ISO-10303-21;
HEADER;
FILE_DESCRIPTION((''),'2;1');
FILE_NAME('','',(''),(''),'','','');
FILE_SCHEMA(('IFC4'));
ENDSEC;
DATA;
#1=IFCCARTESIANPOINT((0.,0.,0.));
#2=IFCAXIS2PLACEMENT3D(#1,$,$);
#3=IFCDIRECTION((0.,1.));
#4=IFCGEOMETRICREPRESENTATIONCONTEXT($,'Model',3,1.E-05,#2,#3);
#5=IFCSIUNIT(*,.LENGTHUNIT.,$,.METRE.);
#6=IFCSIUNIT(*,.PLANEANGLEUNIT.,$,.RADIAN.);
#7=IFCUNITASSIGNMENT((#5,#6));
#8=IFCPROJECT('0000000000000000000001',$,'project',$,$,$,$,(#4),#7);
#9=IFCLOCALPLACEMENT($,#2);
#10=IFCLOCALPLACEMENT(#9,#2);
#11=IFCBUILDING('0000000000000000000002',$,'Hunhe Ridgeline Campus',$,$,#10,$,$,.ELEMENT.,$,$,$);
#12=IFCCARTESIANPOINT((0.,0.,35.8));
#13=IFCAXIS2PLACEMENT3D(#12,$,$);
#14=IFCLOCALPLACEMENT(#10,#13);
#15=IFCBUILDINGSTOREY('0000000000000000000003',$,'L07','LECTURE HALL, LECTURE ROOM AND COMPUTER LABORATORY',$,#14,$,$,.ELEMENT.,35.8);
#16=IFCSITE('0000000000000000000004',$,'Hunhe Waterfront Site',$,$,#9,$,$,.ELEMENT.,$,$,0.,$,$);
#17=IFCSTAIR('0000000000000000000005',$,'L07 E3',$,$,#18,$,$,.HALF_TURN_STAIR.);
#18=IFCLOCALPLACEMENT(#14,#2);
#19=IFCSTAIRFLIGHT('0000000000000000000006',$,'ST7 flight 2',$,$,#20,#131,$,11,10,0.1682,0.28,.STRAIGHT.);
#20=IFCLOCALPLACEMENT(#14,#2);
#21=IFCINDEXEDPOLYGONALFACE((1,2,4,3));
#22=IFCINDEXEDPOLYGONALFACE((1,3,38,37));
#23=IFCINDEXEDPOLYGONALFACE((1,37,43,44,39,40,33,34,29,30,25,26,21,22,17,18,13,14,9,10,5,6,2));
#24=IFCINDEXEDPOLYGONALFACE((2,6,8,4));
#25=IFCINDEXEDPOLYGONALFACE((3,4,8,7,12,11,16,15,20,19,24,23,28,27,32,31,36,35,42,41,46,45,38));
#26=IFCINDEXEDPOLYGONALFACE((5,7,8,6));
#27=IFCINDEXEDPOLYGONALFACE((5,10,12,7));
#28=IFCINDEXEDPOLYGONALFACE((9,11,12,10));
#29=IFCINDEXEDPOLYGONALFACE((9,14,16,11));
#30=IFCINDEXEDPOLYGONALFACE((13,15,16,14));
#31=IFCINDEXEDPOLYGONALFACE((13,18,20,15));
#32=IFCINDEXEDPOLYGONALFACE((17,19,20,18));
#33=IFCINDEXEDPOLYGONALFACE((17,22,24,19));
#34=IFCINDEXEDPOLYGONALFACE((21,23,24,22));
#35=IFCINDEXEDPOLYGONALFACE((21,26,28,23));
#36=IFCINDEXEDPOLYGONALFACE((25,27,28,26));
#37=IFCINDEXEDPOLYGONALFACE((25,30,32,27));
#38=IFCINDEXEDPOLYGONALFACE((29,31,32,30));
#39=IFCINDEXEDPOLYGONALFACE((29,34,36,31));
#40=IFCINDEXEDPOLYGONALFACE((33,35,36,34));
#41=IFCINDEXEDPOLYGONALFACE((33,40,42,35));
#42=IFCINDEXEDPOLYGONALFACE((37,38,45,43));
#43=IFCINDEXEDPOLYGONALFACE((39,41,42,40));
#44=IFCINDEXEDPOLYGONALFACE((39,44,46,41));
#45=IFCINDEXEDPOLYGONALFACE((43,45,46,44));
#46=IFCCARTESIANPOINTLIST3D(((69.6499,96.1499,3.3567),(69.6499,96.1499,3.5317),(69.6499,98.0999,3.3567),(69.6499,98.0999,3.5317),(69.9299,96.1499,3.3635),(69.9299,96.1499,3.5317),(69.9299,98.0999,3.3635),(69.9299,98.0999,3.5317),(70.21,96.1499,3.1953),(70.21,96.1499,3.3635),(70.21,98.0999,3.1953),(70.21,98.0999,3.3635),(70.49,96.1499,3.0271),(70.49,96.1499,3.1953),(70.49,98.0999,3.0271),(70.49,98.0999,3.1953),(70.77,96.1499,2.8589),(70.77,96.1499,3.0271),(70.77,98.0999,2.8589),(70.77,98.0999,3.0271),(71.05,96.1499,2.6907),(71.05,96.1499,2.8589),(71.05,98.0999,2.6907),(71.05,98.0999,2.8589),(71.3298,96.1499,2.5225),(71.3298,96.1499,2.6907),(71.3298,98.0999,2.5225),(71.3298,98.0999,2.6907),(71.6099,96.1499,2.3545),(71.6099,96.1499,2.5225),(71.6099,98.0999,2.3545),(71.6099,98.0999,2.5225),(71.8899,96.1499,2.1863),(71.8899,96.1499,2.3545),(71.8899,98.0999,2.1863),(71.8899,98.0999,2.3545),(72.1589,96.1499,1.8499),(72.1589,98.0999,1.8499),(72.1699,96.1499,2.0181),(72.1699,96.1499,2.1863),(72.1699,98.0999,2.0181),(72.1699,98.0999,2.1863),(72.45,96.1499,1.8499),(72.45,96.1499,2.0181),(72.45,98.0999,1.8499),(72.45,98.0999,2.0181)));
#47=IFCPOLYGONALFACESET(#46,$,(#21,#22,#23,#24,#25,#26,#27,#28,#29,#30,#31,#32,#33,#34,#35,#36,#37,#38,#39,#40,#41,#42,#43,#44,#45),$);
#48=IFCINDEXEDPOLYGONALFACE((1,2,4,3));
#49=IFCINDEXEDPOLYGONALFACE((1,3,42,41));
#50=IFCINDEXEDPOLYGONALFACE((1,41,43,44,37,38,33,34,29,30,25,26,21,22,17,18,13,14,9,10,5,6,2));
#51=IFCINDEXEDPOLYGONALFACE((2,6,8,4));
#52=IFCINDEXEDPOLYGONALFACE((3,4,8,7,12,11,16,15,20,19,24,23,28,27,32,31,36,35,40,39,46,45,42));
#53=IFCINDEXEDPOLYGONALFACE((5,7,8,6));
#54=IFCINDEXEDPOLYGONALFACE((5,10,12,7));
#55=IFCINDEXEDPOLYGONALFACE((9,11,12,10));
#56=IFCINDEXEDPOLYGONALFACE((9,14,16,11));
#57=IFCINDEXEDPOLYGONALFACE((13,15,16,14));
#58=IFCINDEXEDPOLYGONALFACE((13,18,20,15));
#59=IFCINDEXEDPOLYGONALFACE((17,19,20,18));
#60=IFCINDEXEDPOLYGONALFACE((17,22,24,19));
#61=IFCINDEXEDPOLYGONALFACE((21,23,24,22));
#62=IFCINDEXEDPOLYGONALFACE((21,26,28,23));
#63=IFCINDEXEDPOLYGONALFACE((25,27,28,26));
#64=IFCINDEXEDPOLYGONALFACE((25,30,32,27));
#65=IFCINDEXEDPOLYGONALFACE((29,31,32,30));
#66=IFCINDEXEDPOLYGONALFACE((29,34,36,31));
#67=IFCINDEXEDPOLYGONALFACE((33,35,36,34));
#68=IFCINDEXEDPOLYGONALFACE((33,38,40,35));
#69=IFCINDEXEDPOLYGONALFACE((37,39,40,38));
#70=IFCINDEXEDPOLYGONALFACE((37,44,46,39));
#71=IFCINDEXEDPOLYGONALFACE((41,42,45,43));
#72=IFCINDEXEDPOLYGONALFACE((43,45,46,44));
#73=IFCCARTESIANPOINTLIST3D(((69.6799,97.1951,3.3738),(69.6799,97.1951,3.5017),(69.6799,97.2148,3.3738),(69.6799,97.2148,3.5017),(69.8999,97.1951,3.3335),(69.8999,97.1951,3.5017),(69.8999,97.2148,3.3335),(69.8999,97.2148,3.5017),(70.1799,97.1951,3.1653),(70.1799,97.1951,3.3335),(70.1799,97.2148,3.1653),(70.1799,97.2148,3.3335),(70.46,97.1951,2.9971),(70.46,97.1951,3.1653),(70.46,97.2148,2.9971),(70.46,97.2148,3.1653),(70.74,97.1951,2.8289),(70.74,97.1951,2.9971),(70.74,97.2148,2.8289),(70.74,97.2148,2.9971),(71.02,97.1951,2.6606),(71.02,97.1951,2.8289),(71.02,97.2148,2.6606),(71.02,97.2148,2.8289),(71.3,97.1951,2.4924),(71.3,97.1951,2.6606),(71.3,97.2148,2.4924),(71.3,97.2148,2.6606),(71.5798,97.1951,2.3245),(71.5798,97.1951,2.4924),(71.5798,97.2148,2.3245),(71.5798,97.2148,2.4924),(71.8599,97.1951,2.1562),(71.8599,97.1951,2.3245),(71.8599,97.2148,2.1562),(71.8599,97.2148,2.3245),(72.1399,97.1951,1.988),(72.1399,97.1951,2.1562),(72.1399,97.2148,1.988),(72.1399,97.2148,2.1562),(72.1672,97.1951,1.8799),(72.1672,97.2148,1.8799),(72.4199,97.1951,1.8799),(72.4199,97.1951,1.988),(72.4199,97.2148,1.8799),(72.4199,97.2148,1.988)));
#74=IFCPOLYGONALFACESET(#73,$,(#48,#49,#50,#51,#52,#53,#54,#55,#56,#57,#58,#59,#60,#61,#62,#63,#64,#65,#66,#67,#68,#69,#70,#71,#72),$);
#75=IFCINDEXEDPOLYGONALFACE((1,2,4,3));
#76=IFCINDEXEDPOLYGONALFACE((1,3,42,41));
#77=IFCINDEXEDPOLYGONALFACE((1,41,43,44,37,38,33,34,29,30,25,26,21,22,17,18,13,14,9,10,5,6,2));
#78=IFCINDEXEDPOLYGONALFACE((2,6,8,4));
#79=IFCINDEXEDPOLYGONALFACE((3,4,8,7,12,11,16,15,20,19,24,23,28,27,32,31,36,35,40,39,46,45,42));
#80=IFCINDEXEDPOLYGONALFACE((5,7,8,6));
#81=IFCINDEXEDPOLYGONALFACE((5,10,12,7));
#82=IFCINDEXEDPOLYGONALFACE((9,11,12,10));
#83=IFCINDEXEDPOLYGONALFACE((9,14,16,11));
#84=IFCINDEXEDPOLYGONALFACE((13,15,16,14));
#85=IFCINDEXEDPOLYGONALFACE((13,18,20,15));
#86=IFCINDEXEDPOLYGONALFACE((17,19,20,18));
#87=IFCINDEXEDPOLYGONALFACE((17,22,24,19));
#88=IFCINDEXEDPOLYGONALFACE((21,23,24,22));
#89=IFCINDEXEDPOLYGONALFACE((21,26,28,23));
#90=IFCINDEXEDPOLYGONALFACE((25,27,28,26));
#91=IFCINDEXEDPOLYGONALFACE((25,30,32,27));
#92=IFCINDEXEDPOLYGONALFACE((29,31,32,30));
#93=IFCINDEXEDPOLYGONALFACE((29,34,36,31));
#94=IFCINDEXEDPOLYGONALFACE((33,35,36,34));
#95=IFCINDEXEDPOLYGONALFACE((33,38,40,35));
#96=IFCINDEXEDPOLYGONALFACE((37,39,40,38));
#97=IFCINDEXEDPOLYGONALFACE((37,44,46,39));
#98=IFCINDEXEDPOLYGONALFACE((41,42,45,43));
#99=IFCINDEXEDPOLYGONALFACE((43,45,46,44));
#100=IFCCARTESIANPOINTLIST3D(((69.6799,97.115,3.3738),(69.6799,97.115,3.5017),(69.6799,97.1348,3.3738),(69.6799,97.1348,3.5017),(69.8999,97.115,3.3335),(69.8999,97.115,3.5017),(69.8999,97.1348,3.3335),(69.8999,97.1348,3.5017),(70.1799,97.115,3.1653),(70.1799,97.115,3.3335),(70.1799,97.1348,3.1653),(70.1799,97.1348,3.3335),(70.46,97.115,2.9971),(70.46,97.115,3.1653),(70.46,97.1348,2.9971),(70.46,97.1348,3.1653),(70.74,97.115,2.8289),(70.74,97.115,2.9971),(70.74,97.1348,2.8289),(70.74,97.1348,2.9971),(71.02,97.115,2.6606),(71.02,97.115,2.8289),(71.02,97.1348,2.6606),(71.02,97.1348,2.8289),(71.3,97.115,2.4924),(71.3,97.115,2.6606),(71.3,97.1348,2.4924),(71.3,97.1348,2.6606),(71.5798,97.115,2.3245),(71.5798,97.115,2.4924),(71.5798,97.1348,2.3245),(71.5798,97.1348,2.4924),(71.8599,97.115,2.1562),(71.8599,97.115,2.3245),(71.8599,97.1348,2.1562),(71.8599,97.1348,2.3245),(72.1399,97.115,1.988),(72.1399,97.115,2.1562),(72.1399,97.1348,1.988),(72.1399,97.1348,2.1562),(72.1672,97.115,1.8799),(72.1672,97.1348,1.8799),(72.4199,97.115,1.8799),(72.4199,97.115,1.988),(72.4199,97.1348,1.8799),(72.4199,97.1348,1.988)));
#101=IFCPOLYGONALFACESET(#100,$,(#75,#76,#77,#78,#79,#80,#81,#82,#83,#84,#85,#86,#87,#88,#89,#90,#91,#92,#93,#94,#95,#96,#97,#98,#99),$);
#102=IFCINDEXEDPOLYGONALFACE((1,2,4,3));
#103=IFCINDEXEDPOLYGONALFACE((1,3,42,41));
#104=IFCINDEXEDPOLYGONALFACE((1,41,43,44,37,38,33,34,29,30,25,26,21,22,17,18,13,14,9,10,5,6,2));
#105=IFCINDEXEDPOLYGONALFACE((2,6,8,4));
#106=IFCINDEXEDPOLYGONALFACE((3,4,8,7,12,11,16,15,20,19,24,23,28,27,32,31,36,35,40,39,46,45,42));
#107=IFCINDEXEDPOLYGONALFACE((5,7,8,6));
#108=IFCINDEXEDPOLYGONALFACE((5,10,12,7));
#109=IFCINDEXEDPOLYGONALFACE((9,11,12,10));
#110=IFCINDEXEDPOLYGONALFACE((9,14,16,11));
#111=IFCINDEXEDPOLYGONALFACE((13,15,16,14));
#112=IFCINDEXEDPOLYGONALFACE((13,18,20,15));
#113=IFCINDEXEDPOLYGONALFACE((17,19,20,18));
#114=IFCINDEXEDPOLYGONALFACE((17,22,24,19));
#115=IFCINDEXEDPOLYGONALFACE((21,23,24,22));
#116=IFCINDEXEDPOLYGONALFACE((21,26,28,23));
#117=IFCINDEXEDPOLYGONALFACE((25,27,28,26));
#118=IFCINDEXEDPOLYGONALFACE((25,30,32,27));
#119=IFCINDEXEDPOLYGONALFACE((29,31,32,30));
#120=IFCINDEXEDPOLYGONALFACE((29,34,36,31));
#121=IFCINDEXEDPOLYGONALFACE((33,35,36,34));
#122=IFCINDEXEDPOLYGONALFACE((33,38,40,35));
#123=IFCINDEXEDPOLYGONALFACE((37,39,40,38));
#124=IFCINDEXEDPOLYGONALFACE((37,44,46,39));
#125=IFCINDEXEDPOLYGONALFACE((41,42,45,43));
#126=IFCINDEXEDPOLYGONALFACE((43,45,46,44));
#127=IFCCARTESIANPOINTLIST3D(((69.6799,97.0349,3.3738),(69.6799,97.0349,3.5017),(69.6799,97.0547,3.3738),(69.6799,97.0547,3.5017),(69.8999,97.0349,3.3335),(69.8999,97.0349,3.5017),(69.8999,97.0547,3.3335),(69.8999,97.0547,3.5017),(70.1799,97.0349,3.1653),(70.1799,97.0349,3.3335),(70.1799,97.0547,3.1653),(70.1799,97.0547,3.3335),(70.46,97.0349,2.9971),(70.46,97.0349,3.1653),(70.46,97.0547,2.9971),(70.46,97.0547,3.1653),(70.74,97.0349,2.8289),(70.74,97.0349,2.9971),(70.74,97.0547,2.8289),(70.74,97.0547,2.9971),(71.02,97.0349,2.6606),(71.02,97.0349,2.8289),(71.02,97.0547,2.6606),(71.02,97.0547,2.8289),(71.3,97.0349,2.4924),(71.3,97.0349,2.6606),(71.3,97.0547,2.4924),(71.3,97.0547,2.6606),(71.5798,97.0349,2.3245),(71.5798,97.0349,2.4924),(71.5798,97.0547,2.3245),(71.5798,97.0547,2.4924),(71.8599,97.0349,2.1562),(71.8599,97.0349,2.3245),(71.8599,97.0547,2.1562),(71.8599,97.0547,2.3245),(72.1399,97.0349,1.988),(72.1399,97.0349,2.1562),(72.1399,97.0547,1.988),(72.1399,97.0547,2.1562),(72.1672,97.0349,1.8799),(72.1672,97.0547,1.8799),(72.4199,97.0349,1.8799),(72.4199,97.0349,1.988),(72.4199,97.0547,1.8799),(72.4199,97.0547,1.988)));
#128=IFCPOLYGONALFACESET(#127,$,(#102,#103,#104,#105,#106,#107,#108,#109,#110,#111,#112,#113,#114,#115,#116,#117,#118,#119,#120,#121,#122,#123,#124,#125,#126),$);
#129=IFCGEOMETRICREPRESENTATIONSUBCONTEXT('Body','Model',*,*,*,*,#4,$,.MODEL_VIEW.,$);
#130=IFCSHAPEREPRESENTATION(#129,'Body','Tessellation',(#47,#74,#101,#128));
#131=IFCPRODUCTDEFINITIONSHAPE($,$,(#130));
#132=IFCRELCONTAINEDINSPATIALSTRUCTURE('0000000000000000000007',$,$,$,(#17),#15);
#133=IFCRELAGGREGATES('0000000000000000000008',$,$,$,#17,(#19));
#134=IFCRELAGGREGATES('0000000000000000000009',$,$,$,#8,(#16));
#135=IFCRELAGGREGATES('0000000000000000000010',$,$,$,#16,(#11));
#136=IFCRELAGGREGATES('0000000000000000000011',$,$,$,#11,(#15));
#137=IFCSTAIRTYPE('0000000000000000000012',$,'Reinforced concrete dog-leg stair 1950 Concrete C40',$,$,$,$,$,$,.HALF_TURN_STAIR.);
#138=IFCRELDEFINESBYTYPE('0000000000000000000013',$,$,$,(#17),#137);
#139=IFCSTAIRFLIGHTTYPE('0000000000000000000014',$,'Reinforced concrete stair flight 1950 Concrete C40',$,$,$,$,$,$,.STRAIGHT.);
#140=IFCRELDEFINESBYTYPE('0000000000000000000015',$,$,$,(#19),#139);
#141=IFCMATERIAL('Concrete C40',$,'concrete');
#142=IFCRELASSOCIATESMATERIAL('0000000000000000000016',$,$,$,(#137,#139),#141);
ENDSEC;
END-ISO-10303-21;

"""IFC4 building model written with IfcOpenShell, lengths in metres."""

from ifc_helpers import new_model, si_unit, direction, frame, origin, place, context, subcontext, project, spatial, polyline, outline, extrude, material, type_object, element, aggregate, save


model = new_model("IFC4")

# Units and contexts
model_context = context("Model", 3, precision=1e-05, world=origin(), true_north=direction((0.0, 1.0)))
body_context = subcontext(model_context, "Body", "Model", "MODEL_VIEW")
ifc_project = project(units=[si_unit("LENGTHUNIT", "METRE"), si_unit("PLANEANGLEUNIT", "RADIAN")], contexts=[model_context])

# Site, building, storey
site_placement = place(None, origin())
site = spatial("IfcSite", under=ifc_project, at=site_placement, Name="Hunhe Waterfront Site", CompositionType="ELEMENT", RefElevation=0.0)
building_placement = place(site_placement, origin())
building = spatial("IfcBuilding", under=site, at=building_placement, Name="Hunhe Ridgeline Campus", CompositionType="ELEMENT")
storey_placement = place(building_placement, frame((0.0, 0.0, 35.8)))
storey = spatial("IfcBuildingStorey", under=building, at=storey_placement, Name="L07", Description="LECTURE HALL, LECTURE ROOM AND COMPUTER LABORATORY", CompositionType="ELEMENT", Elevation=35.8)

# Shared definitions
ifc_material_1 = material(Name="Concrete C40", Category="concrete")
stair_type = type_object("IfcStairType", Name="Reinforced concrete dog-leg stair 1950 Concrete C40", PredefinedType="HALF_TURN_STAIR", material=ifc_material_1)
stair_flight_type = type_object("IfcStairFlightType", Name="Reinforced concrete stair flight 1950 Concrete C40", PredefinedType="STRAIGHT", material=ifc_material_1)

# Stair, stair flight
stair_1_placement = place(storey_placement, origin())
stair_1 = element("IfcStair", 1, at=stair_1_placement, inside=storey, type_object=stair_type, Name="L07 E3", PredefinedType="HALF_TURN_STAIR")
stair_flight_1_placement = place(storey_placement, frame((72.45, 97.125, 1.8499), z_axis=(0.0, 0.0, 1.0), x_axis=(-1.0, 0.0, 0.0)))
stair_flight_1 = element("IfcStairFlight", 2, at=stair_flight_1_placement, type_object=stair_flight_type, Name="ST7 flight 2", NumberOfRisers=11, NumberOfTreads=10, PredefinedType="STRAIGHT", RiserHeight=0.1682, TreadLength=0.28, context=body_context, shape_type="SweptSolid", body=[
    extrude(outline(polyline([(0.0, 0.0), (0.0, 0.1682), (0.28, 0.1682), (0.28, 0.3364), (0.5601, 0.3364), (0.5601, 0.5046), (0.8401, 0.5046), (0.8401, 0.6726), (1.1201, 0.6726), (1.1201, 0.8408), (1.3999, 0.8408), (1.3999, 1.009), (1.6799, 1.009), (1.6799, 1.1772), (1.96, 1.1772), (1.96, 1.3455), (2.24, 1.3455), (2.24, 1.5137), (2.52, 1.5137), (2.52, 1.6819), (2.8, 1.6819), (2.8, 1.8501), (2.8, 1.5068), (0.291, 0.0), (0.0, 0.0)])), frame((0.0, 0.9751, 0.0), z_axis=(0.0, -1.0, 0.0), x_axis=(1.0, 0.0, 0.0)), (0.0, 0.0, 1.0), 1.95),
    extrude(outline(polyline([(0.03, 0.03), (0.03, 0.1382), (0.3101, 0.1382), (0.3101, 0.3064), (0.5901, 0.3064), (0.5901, 0.4746), (0.8701, 0.4746), (0.8701, 0.6426), (1.1499, 0.6426), (1.1499, 0.8108), (1.4299, 0.8108), (1.4299, 0.979), (1.71, 0.979), (1.71, 1.1472), (1.99, 1.1472), (1.99, 1.3154), (2.27, 1.3154), (2.27, 1.4836), (2.55, 1.4836), (2.55, 1.6519), (2.77, 1.6519), (2.77, 1.5239), (0.2827, 0.03), (0.03, 0.03)])), frame((0.0, -0.0701, 0.0), z_axis=(0.0, -1.0, 0.0), x_axis=(1.0, 0.0, 0.0)), (0.0, 0.0, 1.0), 0.0198),
    extrude(outline(polyline([(0.03, 0.03), (0.03, 0.1382), (0.3101, 0.1382), (0.3101, 0.3064), (0.5901, 0.3064), (0.5901, 0.4746), (0.8701, 0.4746), (0.8701, 0.6426), (1.1499, 0.6426), (1.1499, 0.8108), (1.4299, 0.8108), (1.4299, 0.979), (1.71, 0.979), (1.71, 1.1472), (1.99, 1.1472), (1.99, 1.3154), (2.27, 1.3154), (2.27, 1.4836), (2.55, 1.4836), (2.55, 1.6519), (2.77, 1.6519), (2.77, 1.5239), (0.2827, 0.03), (0.03, 0.03)])), frame((0.0, 0.01, 0.0), z_axis=(0.0, -1.0, 0.0), x_axis=(1.0, 0.0, 0.0)), (0.0, 0.0, 1.0), 0.0198),
    extrude(outline(polyline([(0.03, 0.03), (0.03, 0.1382), (0.3101, 0.1382), (0.3101, 0.3064), (0.5901, 0.3064), (0.5901, 0.4746), (0.8701, 0.4746), (0.8701, 0.6426), (1.1499, 0.6426), (1.1499, 0.8108), (1.4299, 0.8108), (1.4299, 0.979), (1.71, 0.979), (1.71, 1.1472), (1.99, 1.1472), (1.99, 1.3154), (2.27, 1.3154), (2.27, 1.4836), (2.55, 1.4836), (2.55, 1.6519), (2.77, 1.6519), (2.77, 1.5239), (0.2827, 0.03), (0.03, 0.03)])), frame((0.0, 0.0901, 0.0), z_axis=(0.0, -1.0, 0.0), x_axis=(1.0, 0.0, 0.0)), (0.0, 0.0, 1.0), 0.0198),
])
aggregate(stair_1, [stair_flight_1])

save(model, "model.ifc")
